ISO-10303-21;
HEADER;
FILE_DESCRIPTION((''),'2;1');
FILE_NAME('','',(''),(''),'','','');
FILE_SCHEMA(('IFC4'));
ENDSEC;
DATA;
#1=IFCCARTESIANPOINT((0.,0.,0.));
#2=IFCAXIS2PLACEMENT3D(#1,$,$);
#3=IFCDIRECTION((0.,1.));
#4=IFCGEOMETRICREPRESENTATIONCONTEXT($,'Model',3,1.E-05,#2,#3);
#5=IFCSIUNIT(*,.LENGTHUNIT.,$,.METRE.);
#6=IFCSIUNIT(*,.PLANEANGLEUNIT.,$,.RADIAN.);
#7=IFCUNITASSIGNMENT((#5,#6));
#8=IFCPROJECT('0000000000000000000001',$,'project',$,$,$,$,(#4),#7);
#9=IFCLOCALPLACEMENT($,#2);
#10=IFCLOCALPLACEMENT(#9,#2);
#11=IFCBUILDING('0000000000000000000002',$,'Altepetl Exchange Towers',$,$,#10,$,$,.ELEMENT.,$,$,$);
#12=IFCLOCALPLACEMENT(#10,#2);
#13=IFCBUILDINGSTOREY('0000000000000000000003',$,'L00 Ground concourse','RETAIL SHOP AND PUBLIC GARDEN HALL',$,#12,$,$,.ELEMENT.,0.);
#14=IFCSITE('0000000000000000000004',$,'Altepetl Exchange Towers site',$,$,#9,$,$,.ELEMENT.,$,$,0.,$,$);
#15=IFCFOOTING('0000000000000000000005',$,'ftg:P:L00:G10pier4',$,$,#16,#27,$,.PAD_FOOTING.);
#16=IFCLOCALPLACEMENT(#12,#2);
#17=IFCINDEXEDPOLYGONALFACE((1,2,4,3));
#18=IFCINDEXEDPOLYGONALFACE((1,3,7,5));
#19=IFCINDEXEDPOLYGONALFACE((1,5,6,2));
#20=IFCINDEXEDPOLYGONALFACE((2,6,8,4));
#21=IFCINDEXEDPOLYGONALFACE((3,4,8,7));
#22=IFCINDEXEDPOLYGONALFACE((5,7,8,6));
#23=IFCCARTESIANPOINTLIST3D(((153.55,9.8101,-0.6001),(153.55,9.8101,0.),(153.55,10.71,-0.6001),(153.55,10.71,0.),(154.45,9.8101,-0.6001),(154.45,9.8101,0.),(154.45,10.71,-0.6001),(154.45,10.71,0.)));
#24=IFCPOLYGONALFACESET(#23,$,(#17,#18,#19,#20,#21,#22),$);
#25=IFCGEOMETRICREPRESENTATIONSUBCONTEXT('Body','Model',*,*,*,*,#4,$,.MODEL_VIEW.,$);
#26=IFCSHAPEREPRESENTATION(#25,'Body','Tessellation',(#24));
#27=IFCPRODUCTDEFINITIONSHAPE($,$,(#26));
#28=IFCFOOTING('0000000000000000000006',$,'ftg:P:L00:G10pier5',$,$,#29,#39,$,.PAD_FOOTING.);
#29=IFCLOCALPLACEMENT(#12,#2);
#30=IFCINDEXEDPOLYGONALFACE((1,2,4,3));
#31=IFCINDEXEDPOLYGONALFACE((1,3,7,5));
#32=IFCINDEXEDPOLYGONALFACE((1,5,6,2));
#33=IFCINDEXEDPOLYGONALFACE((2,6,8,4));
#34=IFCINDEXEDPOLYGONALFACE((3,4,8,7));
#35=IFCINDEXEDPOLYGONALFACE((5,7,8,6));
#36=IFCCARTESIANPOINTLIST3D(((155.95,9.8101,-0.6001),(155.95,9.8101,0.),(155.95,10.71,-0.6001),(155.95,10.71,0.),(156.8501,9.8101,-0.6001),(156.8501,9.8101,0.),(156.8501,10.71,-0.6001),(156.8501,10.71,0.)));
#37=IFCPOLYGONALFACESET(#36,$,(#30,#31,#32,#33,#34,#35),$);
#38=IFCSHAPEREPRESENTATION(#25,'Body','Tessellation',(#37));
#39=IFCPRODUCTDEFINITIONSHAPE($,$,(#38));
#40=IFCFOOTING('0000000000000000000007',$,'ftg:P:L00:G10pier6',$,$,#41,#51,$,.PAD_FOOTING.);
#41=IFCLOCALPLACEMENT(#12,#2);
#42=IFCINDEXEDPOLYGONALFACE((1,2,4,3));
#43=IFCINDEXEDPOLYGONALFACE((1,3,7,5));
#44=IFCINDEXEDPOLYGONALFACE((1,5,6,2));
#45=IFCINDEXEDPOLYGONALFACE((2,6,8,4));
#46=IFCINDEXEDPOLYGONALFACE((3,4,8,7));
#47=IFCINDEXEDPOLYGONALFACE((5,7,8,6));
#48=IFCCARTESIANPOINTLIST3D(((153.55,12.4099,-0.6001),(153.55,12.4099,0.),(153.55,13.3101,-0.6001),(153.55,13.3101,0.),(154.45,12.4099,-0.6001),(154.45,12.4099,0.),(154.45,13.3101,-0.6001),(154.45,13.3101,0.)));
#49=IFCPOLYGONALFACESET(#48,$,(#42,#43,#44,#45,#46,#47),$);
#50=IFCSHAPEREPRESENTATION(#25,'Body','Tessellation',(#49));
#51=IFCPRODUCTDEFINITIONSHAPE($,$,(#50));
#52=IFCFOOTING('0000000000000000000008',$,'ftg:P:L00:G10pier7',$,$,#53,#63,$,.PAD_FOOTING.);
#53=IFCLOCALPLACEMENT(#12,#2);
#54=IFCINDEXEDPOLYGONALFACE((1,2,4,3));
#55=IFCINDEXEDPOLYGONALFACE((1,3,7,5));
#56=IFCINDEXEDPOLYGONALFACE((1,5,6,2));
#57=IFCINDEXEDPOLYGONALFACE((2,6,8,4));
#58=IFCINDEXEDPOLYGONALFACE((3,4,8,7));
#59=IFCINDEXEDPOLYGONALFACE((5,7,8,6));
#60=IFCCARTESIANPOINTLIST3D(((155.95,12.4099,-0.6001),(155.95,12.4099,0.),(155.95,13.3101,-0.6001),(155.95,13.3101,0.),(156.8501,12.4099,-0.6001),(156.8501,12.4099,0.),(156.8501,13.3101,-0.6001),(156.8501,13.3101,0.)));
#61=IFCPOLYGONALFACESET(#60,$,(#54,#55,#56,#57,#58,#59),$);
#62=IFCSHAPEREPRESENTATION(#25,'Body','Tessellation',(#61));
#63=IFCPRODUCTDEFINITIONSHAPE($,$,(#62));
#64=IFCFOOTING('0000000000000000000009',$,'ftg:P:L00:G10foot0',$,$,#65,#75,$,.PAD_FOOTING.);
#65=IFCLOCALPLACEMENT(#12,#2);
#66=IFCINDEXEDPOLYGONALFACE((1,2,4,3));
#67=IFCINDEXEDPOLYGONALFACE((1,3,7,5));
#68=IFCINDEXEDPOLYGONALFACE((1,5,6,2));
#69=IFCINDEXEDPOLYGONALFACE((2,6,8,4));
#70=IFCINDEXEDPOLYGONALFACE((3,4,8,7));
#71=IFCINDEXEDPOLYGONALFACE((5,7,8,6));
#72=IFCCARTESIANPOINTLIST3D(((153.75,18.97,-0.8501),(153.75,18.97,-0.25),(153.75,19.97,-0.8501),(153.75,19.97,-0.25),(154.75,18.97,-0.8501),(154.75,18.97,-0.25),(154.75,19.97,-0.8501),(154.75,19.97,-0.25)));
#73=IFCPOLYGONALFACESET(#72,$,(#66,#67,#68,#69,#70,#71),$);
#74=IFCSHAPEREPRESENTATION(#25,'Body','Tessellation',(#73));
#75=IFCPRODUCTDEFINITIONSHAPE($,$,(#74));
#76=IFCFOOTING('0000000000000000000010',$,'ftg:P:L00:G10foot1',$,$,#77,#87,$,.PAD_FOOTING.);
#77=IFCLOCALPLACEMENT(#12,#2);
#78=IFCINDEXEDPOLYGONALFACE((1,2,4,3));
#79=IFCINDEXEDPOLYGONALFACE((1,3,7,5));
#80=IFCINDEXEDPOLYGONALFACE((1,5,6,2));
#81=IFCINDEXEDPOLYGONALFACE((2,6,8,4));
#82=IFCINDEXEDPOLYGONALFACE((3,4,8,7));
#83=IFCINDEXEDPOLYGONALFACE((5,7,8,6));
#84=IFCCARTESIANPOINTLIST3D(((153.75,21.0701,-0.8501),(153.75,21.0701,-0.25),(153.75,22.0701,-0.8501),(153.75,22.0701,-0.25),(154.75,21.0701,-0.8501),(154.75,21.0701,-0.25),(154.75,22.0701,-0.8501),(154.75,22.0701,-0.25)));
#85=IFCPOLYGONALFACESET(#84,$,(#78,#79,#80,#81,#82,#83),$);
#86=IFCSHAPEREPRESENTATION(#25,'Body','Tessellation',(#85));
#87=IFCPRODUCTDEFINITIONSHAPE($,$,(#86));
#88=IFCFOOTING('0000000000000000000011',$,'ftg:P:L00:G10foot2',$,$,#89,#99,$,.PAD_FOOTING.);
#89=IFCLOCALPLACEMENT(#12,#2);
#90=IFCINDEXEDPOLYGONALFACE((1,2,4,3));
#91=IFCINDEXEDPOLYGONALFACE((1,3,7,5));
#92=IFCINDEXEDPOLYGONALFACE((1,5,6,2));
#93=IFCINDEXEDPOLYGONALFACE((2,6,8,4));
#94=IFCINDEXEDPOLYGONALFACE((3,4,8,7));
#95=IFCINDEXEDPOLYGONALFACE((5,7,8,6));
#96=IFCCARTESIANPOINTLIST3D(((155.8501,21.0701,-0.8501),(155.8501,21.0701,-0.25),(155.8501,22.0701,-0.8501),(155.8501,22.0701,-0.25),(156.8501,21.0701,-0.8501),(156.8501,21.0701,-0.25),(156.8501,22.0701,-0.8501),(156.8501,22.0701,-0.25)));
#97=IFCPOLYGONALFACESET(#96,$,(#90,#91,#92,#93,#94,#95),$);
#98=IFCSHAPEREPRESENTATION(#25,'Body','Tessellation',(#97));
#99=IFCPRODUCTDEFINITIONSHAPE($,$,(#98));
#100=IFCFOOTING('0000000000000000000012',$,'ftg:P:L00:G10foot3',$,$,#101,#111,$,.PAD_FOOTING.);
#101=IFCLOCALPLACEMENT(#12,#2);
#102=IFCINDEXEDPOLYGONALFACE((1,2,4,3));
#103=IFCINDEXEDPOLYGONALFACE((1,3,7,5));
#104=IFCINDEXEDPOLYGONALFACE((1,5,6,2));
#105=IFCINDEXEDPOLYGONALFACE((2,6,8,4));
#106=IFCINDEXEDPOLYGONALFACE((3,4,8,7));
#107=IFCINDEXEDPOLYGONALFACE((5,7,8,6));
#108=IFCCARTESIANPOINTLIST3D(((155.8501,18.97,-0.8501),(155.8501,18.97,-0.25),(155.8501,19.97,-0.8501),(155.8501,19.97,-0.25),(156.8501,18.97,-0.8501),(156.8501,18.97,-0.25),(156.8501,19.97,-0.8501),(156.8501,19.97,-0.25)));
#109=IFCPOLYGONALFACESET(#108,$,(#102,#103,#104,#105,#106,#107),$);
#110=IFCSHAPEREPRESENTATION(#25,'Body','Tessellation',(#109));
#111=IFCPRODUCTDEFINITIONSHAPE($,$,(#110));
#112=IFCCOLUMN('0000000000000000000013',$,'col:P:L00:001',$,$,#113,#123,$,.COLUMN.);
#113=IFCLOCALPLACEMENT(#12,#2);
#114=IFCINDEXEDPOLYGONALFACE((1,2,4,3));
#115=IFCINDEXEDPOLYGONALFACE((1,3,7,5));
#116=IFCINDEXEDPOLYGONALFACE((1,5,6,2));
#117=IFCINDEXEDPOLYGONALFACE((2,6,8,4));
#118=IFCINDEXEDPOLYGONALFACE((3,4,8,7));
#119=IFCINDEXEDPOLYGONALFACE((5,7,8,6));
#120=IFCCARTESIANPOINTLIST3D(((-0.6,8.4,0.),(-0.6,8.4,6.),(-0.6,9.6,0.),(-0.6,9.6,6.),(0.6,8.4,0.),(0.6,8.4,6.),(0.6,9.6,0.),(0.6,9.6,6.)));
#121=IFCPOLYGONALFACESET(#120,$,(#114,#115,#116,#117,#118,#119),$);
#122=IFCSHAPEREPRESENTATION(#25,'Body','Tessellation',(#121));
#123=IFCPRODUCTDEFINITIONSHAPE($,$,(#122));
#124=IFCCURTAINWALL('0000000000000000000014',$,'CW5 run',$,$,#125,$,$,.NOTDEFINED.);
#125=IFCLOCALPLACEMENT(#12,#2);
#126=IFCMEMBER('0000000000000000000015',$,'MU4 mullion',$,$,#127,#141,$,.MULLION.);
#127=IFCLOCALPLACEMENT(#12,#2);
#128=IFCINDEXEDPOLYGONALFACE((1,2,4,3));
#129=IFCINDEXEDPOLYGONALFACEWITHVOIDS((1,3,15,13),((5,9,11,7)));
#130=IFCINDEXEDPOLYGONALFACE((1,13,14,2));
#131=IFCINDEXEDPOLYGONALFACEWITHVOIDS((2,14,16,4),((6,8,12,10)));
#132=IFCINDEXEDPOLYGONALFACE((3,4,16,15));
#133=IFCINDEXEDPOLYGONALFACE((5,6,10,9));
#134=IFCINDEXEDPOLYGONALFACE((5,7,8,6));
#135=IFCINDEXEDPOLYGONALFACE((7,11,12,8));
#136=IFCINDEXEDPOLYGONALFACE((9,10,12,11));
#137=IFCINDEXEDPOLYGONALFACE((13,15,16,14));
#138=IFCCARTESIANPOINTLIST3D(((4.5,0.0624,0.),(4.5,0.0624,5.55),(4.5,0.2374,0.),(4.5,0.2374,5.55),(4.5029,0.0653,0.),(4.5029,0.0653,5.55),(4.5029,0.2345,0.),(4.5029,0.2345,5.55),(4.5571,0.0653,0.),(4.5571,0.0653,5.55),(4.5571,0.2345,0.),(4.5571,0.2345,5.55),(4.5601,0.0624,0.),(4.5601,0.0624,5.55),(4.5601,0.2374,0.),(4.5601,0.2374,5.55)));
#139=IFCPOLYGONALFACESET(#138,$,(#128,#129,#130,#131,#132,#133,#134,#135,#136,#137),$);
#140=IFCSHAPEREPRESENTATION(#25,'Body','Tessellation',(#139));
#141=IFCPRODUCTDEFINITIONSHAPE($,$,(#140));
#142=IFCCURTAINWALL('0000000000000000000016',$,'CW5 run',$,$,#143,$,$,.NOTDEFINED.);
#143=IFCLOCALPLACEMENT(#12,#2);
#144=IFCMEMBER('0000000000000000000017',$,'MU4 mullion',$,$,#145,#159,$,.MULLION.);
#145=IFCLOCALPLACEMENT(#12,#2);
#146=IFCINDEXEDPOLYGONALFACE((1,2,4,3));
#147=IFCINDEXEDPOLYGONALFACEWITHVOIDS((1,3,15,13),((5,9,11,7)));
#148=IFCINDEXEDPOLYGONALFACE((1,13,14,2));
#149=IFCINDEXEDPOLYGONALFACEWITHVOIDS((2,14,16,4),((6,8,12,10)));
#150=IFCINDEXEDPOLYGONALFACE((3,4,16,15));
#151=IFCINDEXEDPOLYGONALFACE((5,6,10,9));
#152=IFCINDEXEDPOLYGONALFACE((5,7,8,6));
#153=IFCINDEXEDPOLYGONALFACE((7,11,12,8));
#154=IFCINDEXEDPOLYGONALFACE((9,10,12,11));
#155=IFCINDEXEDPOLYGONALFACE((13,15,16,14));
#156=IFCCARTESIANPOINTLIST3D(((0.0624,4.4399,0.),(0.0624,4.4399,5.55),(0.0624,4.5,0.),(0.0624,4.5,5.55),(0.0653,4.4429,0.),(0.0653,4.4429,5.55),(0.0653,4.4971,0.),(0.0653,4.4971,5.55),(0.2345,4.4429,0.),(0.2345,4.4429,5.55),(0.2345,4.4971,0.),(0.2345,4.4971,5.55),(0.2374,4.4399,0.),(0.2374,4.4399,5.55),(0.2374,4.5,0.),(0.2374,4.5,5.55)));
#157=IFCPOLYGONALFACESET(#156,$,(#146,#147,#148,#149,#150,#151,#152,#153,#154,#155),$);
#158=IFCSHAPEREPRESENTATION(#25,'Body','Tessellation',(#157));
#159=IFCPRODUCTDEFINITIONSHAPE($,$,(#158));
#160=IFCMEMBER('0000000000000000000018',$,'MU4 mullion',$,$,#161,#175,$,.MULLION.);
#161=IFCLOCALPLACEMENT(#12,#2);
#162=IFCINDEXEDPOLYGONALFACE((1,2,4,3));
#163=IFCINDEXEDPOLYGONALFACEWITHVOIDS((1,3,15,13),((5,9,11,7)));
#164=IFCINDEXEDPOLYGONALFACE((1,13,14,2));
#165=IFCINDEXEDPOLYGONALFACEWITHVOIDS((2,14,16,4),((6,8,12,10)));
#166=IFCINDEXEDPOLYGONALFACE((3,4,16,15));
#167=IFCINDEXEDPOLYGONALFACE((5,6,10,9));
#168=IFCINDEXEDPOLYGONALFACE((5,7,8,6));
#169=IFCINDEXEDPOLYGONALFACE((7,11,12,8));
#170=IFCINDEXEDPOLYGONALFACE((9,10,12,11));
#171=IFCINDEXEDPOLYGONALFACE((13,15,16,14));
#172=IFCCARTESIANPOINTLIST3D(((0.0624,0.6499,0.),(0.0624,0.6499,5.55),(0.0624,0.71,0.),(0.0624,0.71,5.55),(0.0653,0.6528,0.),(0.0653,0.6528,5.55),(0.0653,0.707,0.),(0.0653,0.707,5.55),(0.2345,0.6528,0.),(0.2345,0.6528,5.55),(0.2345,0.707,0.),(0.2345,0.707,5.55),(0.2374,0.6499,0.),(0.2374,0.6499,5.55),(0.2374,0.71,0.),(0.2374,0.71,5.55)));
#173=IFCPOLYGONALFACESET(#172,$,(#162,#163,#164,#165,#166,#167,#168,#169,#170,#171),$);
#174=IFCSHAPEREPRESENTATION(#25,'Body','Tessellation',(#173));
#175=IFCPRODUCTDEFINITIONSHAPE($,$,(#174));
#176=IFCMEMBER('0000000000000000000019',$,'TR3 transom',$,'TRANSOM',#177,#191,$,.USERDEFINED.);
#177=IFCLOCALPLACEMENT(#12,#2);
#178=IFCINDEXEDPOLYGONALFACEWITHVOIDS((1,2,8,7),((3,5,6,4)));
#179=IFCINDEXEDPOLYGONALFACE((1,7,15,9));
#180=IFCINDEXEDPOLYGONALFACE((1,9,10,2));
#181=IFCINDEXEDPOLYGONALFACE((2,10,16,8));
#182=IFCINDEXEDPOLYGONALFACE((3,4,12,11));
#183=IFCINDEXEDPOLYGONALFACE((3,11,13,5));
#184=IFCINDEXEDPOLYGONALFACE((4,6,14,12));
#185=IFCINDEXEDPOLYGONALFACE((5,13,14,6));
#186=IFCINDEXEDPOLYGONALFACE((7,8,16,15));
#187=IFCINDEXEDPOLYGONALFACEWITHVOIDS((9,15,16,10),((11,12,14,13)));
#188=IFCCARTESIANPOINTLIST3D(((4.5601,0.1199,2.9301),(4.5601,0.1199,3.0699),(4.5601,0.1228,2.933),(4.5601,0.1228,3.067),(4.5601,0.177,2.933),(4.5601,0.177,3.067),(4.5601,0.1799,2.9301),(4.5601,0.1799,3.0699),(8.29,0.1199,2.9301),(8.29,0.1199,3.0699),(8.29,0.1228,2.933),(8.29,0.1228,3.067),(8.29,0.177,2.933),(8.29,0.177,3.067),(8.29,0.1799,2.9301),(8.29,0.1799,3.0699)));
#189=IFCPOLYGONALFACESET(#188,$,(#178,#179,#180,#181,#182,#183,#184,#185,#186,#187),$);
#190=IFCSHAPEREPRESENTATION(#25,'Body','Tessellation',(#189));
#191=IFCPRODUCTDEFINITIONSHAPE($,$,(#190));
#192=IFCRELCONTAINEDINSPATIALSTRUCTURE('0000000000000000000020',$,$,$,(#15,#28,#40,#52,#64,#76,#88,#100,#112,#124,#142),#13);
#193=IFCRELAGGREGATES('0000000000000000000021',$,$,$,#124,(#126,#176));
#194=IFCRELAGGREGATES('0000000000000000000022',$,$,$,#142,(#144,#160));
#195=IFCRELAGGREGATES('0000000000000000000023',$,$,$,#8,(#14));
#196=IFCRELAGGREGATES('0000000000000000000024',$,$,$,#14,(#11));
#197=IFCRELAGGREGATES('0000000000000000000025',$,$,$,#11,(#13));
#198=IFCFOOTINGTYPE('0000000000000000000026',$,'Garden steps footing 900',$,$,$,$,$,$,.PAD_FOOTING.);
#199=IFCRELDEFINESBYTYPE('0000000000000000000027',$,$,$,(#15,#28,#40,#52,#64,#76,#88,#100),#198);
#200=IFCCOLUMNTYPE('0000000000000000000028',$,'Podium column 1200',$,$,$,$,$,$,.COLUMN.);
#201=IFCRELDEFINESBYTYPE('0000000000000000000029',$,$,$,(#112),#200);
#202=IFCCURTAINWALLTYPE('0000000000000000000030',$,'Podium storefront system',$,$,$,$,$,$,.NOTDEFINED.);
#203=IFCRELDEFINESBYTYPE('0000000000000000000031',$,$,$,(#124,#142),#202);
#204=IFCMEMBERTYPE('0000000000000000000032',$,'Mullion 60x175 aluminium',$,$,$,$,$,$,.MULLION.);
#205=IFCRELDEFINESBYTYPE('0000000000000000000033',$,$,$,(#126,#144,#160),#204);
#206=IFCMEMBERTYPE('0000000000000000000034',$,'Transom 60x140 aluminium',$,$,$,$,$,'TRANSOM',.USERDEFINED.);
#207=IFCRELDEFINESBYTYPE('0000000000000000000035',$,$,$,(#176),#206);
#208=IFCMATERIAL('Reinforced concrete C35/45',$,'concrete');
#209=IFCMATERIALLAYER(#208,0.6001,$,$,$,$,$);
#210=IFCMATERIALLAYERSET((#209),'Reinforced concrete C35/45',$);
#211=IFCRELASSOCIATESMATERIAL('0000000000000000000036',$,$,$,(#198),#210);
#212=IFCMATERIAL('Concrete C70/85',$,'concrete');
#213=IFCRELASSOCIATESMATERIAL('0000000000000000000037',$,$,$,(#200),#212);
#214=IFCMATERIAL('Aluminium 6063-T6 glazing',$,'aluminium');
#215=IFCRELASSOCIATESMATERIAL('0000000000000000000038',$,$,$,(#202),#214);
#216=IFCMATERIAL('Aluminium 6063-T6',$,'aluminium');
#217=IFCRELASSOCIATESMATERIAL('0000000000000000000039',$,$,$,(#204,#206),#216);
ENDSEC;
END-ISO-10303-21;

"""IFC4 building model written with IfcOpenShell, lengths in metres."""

from ifc_helpers import new_model, si_unit, direction, frame, origin, origin_2d, place, context, subcontext, project, spatial, polyline, rectangle, hollow_rectangle, outline, extrude, material, layer, layer_set, material_profile, profile_set, type_object, element, aggregate, save


model = new_model("IFC4")

# Units and contexts
model_context = context("Model", 3, precision=1e-05, world=origin(), true_north=direction((0.0, 1.0)))
body_context = subcontext(model_context, "Body", "Model", "MODEL_VIEW")
ifc_project = project(units=[si_unit("LENGTHUNIT", "METRE"), si_unit("PLANEANGLEUNIT", "RADIAN")], contexts=[model_context])

# Site, building, storey
site_placement = place(None, origin())
site = spatial("IfcSite", under=ifc_project, at=site_placement, Name="Altepetl Exchange Towers site", CompositionType="ELEMENT", RefElevation=0.0)
building_placement = place(site_placement, origin())
building = spatial("IfcBuilding", under=site, at=building_placement, Name="Altepetl Exchange Towers", CompositionType="ELEMENT")
storey_placement = place(building_placement, origin())
storey = spatial("IfcBuildingStorey", under=building, at=storey_placement, Name="L00 Ground concourse", Description="RETAIL SHOP AND PUBLIC GARDEN HALL", CompositionType="ELEMENT", Elevation=0.0)

# Footings
ifc_material_1 = material(Name="Reinforced concrete C35/45", Category="concrete")
ifc_layer_1 = layer(ifc_material_1, 0.6001)
ifc_layer_set_1 = layer_set([ifc_layer_1], Name="Reinforced concrete C35/45")
footing_type = type_object("IfcFootingType", Name="Garden steps footing 900", PredefinedType="PAD_FOOTING", material=ifc_layer_set_1)
footing_1_placement = place(storey_placement, frame((0.0, 0.0, -0.6001)))
element("IfcFooting", 1, at=footing_1_placement, inside=storey, type_object=footing_type, Name="ftg:P:L00:G10pier4", PredefinedType="PAD_FOOTING", context=body_context, shape_type="SweptSolid", body=[
    extrude(outline(polyline([(153.55, 9.8101), (154.45, 9.8101), (154.45, 10.71), (153.55, 10.71), (153.55, 9.8101)])), origin(), (0.0, 0.0, 1.0), 0.6001),
])
footing_2_placement = place(storey_placement, frame((0.0, 0.0, -0.6001)))
element("IfcFooting", 2, at=footing_2_placement, inside=storey, type_object=footing_type, Name="ftg:P:L00:G10pier5", PredefinedType="PAD_FOOTING", context=body_context, shape_type="SweptSolid", body=[
    extrude(outline(polyline([(155.95, 9.8101), (156.8501, 9.8101), (156.8501, 10.71), (155.95, 10.71), (155.95, 9.8101)])), origin(), (0.0, 0.0, 1.0), 0.6001),
])
footing_3_placement = place(storey_placement, frame((0.0, 0.0, -0.6001)))
element("IfcFooting", 3, at=footing_3_placement, inside=storey, type_object=footing_type, Name="ftg:P:L00:G10pier6", PredefinedType="PAD_FOOTING", context=body_context, shape_type="SweptSolid", body=[
    extrude(outline(polyline([(153.55, 12.4099), (154.45, 12.4099), (154.45, 13.3101), (153.55, 13.3101), (153.55, 12.4099)])), origin(), (0.0, 0.0, 1.0), 0.6001),
])
footing_4_placement = place(storey_placement, frame((0.0, 0.0, -0.6001)))
element("IfcFooting", 4, at=footing_4_placement, inside=storey, type_object=footing_type, Name="ftg:P:L00:G10pier7", PredefinedType="PAD_FOOTING", context=body_context, shape_type="SweptSolid", body=[
    extrude(outline(polyline([(155.95, 12.4099), (156.8501, 12.4099), (156.8501, 13.3101), (155.95, 13.3101), (155.95, 12.4099)])), origin(), (0.0, 0.0, 1.0), 0.6001),
])
footing_5_placement = place(storey_placement, frame((0.0, 0.0, -0.8501)))
element("IfcFooting", 5, at=footing_5_placement, inside=storey, type_object=footing_type, Name="ftg:P:L00:G10foot0", PredefinedType="PAD_FOOTING", context=body_context, shape_type="SweptSolid", body=[
    extrude(outline(polyline([(153.75, 18.97), (154.75, 18.97), (154.75, 19.97), (153.75, 19.97), (153.75, 18.97)])), origin(), (0.0, 0.0, 1.0), 0.6001),
])
footing_6_placement = place(storey_placement, frame((0.0, 0.0, -0.8501)))
element("IfcFooting", 6, at=footing_6_placement, inside=storey, type_object=footing_type, Name="ftg:P:L00:G10foot1", PredefinedType="PAD_FOOTING", context=body_context, shape_type="SweptSolid", body=[
    extrude(outline(polyline([(153.75, 21.0701), (154.75, 21.0701), (154.75, 22.0701), (153.75, 22.0701), (153.75, 21.0701)])), origin(), (0.0, 0.0, 1.0), 0.6001),
])
footing_7_placement = place(storey_placement, frame((0.0, 0.0, -0.8501)))
element("IfcFooting", 7, at=footing_7_placement, inside=storey, type_object=footing_type, Name="ftg:P:L00:G10foot2", PredefinedType="PAD_FOOTING", context=body_context, shape_type="SweptSolid", body=[
    extrude(outline(polyline([(155.8501, 21.0701), (156.8501, 21.0701), (156.8501, 22.0701), (155.8501, 22.0701), (155.8501, 21.0701)])), origin(), (0.0, 0.0, 1.0), 0.6001),
])
footing_8_placement = place(storey_placement, frame((0.0, 0.0, -0.8501)))
element("IfcFooting", 8, at=footing_8_placement, inside=storey, type_object=footing_type, Name="ftg:P:L00:G10foot3", PredefinedType="PAD_FOOTING", context=body_context, shape_type="SweptSolid", body=[
    extrude(outline(polyline([(155.8501, 18.97), (156.8501, 18.97), (156.8501, 19.97), (155.8501, 19.97), (155.8501, 18.97)])), origin(), (0.0, 0.0, 1.0), 0.6001),
])

# Column
ifc_material_2 = material(Name="Concrete C70/85", Category="concrete")
ifc_material_profile_1 = material_profile(ifc_material_2, rectangle(XDim=1.2, YDim=1.2, at=origin_2d()), Name="1200 x 1200")
ifc_profile_set_1 = profile_set([ifc_material_profile_1], Name="Concrete C70/85")
column_type = type_object("IfcColumnType", Name="Podium column 1200", PredefinedType="COLUMN", material=ifc_profile_set_1)
column_placement = place(storey_placement, frame((0.0, 9.0, 0.0)))
element("IfcColumn", 9, at=column_placement, inside=storey, type_object=column_type, Name="col:P:L00:001", PredefinedType="COLUMN", context=body_context, shape_type="SweptSolid", body=[
    extrude(rectangle(XDim=1.2, YDim=1.2, at=origin_2d()), origin(), (0.0, 0.0, 1.0), 6.0),
])

# Curtain wall, member
ifc_material_3 = material(Name="Aluminium 6063-T6 glazing", Category="aluminium")
curtain_wall_type = type_object("IfcCurtainWallType", Name="Podium storefront system", PredefinedType="NOTDEFINED", material=ifc_material_3)
curtain_wall_1_placement = place(storey_placement, origin())
curtain_wall_1 = element("IfcCurtainWall", 10, at=curtain_wall_1_placement, inside=storey, type_object=curtain_wall_type, Name="CW5 run", PredefinedType="NOTDEFINED")
ifc_material_4 = material(Name="Aluminium 6063-T6", Category="aluminium")
ifc_material_profile_2 = material_profile(ifc_material_4, hollow_rectangle(XDim=0.0601, YDim=0.175, WallThickness=0.0029, at=origin_2d()), Name="Mullion 60x175 aluminium")
ifc_profile_set_2 = profile_set([ifc_material_profile_2], Name="Aluminium 6063-T6")
member_type_1 = type_object("IfcMemberType", Name="Mullion 60x175 aluminium", PredefinedType="MULLION", material=ifc_profile_set_2)
member_1_placement = place(storey_placement, frame((4.53, 0.1499, 0.0)))
member_1 = element("IfcMember", 11, at=member_1_placement, type_object=member_type_1, Name="MU4 mullion", PredefinedType="MULLION", context=body_context, shape_type="SweptSolid", body=[
    extrude(hollow_rectangle(XDim=0.0601, YDim=0.175, WallThickness=0.0029, at=origin_2d()), origin(), (0.0, 0.0, 1.0), 5.55),
])

# Curtain wall, members
curtain_wall_2_placement = place(storey_placement, origin())
curtain_wall_2 = element("IfcCurtainWall", 12, at=curtain_wall_2_placement, inside=storey, type_object=curtain_wall_type, Name="CW5 run", PredefinedType="NOTDEFINED")
member_2_placement = place(storey_placement, frame((0.1499, 4.47, 0.0), z_axis=(0.0, 0.0, 1.0), x_axis=(0.0, -1.0, 0.0)))
member_2 = element("IfcMember", 13, at=member_2_placement, type_object=member_type_1, Name="MU4 mullion", PredefinedType="MULLION", context=body_context, shape_type="SweptSolid", body=[
    extrude(hollow_rectangle(XDim=0.0601, YDim=0.175, WallThickness=0.0029, at=origin_2d()), origin(), (0.0, 0.0, 1.0), 5.55),
])
member_3_placement = place(storey_placement, frame((0.1499, 0.6799, 0.0), z_axis=(0.0, 0.0, 1.0), x_axis=(0.0, -1.0, 0.0)))
member_3 = element("IfcMember", 14, at=member_3_placement, type_object=member_type_1, Name="MU4 mullion", PredefinedType="MULLION", context=body_context, shape_type="SweptSolid", body=[
    extrude(hollow_rectangle(XDim=0.0601, YDim=0.175, WallThickness=0.0029, at=origin_2d()), origin(), (0.0, 0.0, 1.0), 5.55),
])

# Member
ifc_material_profile_3 = material_profile(ifc_material_4, hollow_rectangle(XDim=0.0601, YDim=0.1399, WallThickness=0.0029, at=origin_2d()), Name="Transom 60x140 aluminium")
ifc_profile_set_3 = profile_set([ifc_material_profile_3], Name="Aluminium 6063-T6")
member_type_2 = type_object("IfcMemberType", Name="Transom 60x140 aluminium", ElementType="TRANSOM", PredefinedType="USERDEFINED", material=ifc_profile_set_3)
member_4_placement = place(storey_placement, frame((4.5601, 0.1499, 3.0), z_axis=(1.0, 0.0, 0.0), x_axis=(0.0, 1.0, 0.0)))
member_4 = element("IfcMember", 15, at=member_4_placement, type_object=member_type_2, Name="TR3 transom", ObjectType="TRANSOM", PredefinedType="USERDEFINED", context=body_context, shape_type="SweptSolid", body=[
    extrude(hollow_rectangle(XDim=0.0601, YDim=0.1399, WallThickness=0.0029, at=origin_2d()), origin(), (0.0, 0.0, 1.0), 3.73),
])
aggregate(curtain_wall_1, [member_1, member_4])

aggregate(curtain_wall_2, [member_2, member_3])

save(model, "model.ifc")
